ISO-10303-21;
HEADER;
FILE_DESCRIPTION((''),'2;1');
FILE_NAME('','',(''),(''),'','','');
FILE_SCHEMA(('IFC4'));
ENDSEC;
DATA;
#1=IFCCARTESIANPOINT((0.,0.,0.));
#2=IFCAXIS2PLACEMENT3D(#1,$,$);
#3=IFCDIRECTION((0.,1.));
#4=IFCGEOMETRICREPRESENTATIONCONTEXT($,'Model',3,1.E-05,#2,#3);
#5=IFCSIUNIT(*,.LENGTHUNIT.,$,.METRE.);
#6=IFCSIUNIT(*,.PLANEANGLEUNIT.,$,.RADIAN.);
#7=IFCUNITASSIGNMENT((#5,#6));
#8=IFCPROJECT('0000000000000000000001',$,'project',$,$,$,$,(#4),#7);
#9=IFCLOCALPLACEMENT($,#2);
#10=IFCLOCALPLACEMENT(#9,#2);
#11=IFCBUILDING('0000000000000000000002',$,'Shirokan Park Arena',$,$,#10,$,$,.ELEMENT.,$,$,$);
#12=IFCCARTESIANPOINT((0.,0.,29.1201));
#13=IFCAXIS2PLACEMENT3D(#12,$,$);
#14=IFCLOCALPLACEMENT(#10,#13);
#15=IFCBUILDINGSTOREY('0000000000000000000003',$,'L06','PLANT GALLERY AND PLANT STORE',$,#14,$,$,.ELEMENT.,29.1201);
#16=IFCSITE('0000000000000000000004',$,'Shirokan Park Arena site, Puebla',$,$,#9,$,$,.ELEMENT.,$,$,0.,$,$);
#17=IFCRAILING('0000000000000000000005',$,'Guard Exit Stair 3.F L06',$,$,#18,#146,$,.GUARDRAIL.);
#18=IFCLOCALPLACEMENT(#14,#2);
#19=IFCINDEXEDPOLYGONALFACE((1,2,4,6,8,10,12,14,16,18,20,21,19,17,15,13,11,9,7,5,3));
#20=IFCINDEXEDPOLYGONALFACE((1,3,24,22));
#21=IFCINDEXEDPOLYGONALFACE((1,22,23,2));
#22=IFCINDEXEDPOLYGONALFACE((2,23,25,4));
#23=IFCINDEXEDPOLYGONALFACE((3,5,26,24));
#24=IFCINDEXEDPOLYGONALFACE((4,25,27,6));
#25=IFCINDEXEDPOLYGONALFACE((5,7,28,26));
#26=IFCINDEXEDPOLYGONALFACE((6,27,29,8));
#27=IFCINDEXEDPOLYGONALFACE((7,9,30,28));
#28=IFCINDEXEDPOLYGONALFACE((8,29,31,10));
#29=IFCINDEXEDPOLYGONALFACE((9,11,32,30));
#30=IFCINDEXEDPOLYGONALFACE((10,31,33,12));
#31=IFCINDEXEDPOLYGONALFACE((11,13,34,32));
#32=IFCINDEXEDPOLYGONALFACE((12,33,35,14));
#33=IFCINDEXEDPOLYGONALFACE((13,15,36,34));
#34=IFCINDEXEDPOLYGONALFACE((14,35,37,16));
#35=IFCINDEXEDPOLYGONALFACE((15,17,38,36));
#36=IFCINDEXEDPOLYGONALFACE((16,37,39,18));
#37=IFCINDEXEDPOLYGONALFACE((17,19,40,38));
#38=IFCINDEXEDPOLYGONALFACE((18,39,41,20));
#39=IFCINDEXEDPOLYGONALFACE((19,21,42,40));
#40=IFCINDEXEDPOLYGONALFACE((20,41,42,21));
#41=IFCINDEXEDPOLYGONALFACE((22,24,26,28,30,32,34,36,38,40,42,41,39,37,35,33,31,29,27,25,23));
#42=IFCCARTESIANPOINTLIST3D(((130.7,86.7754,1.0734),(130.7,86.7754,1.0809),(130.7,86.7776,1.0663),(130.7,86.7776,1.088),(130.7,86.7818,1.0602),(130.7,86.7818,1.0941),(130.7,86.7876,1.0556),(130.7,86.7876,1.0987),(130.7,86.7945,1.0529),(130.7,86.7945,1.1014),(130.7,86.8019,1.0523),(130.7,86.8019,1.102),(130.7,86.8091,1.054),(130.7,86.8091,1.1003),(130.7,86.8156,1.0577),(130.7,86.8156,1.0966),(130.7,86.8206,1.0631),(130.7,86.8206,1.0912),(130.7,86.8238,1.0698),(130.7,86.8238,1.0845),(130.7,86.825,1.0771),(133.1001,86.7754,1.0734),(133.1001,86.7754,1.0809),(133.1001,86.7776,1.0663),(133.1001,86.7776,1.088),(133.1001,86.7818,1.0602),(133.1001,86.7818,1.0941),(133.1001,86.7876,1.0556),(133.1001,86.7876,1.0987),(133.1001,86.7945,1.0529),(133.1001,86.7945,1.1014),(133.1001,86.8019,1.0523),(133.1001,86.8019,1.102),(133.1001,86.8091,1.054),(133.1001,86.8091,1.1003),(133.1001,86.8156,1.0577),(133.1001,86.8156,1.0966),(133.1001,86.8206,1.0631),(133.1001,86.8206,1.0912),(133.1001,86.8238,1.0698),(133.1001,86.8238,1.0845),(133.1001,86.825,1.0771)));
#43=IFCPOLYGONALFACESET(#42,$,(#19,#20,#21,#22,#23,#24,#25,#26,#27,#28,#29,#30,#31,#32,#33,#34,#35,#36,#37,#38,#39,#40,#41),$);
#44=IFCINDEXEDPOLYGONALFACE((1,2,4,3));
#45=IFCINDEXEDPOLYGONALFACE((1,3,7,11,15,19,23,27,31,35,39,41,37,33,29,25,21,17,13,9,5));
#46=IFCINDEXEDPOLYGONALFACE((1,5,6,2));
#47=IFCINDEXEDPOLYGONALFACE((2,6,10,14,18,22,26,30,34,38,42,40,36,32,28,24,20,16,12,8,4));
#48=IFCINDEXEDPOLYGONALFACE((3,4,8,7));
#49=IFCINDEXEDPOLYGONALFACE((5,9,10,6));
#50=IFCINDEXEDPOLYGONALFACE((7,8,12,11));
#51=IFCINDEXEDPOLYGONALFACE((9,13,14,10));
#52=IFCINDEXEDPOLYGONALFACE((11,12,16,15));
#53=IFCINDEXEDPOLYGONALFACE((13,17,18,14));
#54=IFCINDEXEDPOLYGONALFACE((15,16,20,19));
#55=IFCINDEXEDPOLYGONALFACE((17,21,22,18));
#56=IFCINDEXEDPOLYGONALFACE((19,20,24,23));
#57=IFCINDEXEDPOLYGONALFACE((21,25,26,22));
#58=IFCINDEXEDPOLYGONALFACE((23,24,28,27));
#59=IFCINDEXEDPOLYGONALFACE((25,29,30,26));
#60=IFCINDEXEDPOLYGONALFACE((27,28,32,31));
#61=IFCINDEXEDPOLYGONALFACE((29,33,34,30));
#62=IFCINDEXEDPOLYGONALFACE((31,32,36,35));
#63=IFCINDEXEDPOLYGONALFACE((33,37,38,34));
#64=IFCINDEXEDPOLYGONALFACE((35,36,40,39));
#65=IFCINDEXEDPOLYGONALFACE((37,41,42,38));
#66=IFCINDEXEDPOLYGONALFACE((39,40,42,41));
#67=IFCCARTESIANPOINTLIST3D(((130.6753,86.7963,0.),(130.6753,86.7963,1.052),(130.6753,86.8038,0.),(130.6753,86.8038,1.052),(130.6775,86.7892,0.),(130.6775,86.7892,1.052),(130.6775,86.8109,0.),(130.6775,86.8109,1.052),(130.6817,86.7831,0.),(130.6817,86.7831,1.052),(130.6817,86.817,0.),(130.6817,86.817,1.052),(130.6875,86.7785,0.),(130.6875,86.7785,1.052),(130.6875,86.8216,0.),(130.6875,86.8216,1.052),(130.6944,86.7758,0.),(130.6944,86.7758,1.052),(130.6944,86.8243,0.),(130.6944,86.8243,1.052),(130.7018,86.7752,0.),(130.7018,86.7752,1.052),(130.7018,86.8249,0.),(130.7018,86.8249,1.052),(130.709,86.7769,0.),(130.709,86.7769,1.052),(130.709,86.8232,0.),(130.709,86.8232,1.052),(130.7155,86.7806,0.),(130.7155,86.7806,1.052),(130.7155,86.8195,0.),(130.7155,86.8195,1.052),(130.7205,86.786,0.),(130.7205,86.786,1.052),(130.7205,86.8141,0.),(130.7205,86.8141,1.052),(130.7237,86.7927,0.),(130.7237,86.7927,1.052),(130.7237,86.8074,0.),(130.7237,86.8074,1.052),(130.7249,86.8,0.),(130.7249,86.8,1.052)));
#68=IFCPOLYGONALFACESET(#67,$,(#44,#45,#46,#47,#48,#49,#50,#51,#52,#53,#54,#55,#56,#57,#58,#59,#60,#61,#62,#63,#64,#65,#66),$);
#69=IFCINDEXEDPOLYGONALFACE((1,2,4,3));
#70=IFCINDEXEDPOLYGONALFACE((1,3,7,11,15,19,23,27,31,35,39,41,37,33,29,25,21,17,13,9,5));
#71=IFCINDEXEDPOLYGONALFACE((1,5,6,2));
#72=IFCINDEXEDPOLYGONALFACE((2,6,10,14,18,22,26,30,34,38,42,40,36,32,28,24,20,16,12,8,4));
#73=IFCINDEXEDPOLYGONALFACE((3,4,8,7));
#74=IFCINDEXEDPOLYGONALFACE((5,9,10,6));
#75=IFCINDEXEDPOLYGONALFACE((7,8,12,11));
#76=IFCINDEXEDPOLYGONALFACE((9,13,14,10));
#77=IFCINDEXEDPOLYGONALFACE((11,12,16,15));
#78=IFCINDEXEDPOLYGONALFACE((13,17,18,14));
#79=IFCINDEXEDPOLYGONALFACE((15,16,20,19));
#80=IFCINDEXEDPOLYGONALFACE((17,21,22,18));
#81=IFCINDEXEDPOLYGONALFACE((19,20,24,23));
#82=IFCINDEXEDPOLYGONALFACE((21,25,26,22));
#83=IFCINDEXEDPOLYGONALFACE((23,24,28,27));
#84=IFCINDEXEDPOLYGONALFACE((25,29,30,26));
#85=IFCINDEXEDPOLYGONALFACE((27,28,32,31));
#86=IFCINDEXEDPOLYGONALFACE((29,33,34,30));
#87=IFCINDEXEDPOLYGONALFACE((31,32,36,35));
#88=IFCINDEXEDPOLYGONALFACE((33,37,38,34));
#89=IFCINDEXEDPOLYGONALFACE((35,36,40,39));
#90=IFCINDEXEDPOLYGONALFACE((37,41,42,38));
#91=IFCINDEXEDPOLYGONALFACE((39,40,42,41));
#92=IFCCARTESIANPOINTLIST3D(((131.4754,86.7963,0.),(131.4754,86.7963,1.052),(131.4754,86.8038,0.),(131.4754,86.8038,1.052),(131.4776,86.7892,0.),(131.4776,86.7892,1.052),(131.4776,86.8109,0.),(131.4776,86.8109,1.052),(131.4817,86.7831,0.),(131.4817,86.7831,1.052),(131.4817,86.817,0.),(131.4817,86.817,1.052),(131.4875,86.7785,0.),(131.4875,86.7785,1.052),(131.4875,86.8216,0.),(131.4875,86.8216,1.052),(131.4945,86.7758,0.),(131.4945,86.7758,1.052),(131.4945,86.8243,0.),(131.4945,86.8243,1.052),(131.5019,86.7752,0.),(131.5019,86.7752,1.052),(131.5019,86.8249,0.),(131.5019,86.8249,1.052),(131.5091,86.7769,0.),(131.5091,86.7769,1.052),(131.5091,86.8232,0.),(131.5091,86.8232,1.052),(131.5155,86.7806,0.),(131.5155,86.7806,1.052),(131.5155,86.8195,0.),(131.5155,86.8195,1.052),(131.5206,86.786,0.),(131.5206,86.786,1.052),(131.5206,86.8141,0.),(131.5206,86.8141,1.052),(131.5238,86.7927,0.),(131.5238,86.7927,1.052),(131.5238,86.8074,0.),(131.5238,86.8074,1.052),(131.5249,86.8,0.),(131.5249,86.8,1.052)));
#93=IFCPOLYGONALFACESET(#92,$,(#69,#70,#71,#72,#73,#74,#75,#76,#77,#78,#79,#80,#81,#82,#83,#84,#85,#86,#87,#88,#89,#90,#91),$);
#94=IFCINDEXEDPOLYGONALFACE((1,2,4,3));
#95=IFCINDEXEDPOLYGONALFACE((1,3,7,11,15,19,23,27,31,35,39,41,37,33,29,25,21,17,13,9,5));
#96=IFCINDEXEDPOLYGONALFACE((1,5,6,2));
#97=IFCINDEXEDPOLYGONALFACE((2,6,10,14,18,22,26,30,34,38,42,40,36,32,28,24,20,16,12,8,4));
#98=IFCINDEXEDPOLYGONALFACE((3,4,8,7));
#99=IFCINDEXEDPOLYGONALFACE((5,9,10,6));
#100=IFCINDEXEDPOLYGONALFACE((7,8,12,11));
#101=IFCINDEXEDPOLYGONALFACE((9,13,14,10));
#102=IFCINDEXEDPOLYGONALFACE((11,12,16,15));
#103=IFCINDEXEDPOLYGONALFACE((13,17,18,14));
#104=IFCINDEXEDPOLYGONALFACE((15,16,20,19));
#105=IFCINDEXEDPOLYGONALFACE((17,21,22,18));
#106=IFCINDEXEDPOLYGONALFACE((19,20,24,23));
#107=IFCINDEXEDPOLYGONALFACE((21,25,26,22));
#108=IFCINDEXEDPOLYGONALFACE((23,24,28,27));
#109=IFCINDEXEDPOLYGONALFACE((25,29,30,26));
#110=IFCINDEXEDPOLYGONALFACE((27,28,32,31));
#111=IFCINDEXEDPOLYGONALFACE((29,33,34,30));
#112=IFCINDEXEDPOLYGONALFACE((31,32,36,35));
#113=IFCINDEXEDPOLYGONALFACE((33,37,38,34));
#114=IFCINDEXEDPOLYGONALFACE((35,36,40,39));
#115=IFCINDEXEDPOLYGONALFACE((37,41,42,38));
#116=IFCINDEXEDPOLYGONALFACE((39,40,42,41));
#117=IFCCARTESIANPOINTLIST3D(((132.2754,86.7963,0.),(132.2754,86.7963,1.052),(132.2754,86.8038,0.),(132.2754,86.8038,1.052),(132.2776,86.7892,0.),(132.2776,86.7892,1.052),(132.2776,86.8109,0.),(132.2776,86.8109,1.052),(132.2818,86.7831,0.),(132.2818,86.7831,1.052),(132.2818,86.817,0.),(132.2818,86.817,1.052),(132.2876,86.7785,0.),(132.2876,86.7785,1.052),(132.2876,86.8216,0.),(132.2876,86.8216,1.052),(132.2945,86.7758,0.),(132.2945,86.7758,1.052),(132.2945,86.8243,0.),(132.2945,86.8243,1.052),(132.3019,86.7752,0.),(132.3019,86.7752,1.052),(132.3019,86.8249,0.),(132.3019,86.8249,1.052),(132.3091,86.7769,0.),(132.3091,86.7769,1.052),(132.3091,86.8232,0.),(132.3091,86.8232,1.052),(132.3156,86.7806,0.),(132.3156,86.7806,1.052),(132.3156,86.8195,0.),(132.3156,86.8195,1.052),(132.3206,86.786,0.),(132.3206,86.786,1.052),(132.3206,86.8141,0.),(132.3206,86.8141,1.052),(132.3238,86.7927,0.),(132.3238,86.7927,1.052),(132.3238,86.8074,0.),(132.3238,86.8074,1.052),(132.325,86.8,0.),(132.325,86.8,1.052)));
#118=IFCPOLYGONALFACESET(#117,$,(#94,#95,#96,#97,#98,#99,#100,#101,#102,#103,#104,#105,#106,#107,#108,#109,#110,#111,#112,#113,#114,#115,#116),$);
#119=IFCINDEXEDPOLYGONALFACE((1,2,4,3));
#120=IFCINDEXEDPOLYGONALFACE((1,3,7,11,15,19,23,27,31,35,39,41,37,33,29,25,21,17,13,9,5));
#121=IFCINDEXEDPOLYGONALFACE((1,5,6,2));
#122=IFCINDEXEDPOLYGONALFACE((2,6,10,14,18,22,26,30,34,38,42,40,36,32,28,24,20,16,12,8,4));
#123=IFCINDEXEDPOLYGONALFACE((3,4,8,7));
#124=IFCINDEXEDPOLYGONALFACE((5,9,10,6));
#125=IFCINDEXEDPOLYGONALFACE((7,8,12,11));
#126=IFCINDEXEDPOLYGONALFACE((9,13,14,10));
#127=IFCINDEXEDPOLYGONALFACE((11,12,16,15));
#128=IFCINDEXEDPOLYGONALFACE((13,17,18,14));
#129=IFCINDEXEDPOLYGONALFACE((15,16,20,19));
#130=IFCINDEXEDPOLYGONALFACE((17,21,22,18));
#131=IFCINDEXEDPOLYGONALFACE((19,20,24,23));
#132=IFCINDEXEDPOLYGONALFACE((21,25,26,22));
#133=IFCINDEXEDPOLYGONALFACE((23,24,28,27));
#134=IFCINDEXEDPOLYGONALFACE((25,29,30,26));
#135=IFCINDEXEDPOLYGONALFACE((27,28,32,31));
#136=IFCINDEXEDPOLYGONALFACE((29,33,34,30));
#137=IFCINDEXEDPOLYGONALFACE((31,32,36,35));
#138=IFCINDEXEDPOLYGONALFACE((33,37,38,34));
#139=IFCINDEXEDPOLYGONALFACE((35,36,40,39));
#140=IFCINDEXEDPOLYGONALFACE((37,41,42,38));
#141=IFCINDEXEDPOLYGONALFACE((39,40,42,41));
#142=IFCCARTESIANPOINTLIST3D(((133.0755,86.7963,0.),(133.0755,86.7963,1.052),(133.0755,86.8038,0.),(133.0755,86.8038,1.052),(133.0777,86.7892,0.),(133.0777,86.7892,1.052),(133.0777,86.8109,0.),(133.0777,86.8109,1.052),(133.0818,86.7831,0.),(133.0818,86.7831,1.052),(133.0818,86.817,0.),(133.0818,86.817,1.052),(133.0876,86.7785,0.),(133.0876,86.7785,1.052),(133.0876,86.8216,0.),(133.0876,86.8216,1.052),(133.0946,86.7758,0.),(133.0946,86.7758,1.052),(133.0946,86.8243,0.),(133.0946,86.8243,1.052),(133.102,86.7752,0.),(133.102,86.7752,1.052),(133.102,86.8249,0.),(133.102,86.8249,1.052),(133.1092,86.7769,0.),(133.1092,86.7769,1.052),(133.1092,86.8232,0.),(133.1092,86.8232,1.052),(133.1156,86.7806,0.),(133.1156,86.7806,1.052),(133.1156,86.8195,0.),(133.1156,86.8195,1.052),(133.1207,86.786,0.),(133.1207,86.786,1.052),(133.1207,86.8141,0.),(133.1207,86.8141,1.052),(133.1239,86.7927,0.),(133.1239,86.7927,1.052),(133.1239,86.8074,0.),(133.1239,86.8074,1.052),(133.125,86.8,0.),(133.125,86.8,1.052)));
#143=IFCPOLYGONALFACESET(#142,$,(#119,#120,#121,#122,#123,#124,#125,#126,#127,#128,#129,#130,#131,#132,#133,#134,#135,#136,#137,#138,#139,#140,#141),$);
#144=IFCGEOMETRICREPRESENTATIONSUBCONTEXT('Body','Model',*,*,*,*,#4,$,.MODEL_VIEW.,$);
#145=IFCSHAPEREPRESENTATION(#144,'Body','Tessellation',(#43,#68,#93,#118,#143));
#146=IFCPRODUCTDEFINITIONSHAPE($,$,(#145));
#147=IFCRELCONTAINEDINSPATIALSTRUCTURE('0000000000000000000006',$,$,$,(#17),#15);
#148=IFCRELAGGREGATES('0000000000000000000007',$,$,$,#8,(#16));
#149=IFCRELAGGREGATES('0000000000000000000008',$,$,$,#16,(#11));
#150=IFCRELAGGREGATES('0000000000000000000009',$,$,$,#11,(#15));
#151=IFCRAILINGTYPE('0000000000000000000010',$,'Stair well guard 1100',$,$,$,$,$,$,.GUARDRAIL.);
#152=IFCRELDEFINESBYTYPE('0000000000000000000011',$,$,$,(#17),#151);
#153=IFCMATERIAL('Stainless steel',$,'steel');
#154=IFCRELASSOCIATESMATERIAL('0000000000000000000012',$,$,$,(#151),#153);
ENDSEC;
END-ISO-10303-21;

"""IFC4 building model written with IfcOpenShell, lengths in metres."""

from ifc_helpers import new_model, si_unit, direction, frame, origin, origin_2d, place, context, subcontext, project, spatial, circle, extrude, material, type_object, element, save


model = new_model("IFC4")

# Units and contexts
model_context = context("Model", 3, precision=1e-05, world=origin(), true_north=direction((0.0, 1.0)))
body_context = subcontext(model_context, "Body", "Model", "MODEL_VIEW")
ifc_project = project(units=[si_unit("LENGTHUNIT", "METRE"), si_unit("PLANEANGLEUNIT", "RADIAN")], contexts=[model_context])

# Site, building, storey
site_placement = place(None, origin())
site = spatial("IfcSite", under=ifc_project, at=site_placement, Name="Shirokan Park Arena site, Puebla", CompositionType="ELEMENT", RefElevation=0.0)
building_placement = place(site_placement, origin())
building = spatial("IfcBuilding", under=site, at=building_placement, Name="Shirokan Park Arena", CompositionType="ELEMENT")
storey_placement = place(building_placement, frame((0.0, 0.0, 29.1201)))
storey = spatial("IfcBuildingStorey", under=building, at=storey_placement, Name="L06", Description="PLANT GALLERY AND PLANT STORE", CompositionType="ELEMENT", Elevation=29.1201)

# Railing
ifc_material_1 = material(Name="Stainless steel", Category="steel")
railing_type = type_object("IfcRailingType", Name="Stair well guard 1100", PredefinedType="GUARDRAIL", material=ifc_material_1)
railing_placement = place(storey_placement, frame((130.7, 86.8, 0.0)))
element("IfcRailing", 1, at=railing_placement, inside=storey, type_object=railing_type, Name="Guard Exit Stair 3.F L06", PredefinedType="GUARDRAIL", context=body_context, shape_type="SweptSolid", body=[
    extrude(circle(Radius=0.0249, at=origin_2d()), frame((0.0, 0.0, 1.0771), z_axis=(1.0, 0.0, 0.0), x_axis=(0.0, 1.0, 0.0)), (0.0, 0.0, 1.0), 2.4001),
    extrude(circle(Radius=0.0249, at=origin_2d()), origin(), (0.0, 0.0, 1.0), 1.052),
    extrude(circle(Radius=0.0249, at=origin_2d()), frame((0.8, 0.0, 0.0)), (0.0, 0.0, 1.0), 1.052),
    extrude(circle(Radius=0.0249, at=origin_2d()), frame((1.6001, 0.0, 0.0)), (0.0, 0.0, 1.0), 1.052),
    extrude(circle(Radius=0.0249, at=origin_2d()), frame((2.4001, 0.0, 0.0)), (0.0, 0.0, 1.0), 1.052),
])

save(model, "model.ifc")
